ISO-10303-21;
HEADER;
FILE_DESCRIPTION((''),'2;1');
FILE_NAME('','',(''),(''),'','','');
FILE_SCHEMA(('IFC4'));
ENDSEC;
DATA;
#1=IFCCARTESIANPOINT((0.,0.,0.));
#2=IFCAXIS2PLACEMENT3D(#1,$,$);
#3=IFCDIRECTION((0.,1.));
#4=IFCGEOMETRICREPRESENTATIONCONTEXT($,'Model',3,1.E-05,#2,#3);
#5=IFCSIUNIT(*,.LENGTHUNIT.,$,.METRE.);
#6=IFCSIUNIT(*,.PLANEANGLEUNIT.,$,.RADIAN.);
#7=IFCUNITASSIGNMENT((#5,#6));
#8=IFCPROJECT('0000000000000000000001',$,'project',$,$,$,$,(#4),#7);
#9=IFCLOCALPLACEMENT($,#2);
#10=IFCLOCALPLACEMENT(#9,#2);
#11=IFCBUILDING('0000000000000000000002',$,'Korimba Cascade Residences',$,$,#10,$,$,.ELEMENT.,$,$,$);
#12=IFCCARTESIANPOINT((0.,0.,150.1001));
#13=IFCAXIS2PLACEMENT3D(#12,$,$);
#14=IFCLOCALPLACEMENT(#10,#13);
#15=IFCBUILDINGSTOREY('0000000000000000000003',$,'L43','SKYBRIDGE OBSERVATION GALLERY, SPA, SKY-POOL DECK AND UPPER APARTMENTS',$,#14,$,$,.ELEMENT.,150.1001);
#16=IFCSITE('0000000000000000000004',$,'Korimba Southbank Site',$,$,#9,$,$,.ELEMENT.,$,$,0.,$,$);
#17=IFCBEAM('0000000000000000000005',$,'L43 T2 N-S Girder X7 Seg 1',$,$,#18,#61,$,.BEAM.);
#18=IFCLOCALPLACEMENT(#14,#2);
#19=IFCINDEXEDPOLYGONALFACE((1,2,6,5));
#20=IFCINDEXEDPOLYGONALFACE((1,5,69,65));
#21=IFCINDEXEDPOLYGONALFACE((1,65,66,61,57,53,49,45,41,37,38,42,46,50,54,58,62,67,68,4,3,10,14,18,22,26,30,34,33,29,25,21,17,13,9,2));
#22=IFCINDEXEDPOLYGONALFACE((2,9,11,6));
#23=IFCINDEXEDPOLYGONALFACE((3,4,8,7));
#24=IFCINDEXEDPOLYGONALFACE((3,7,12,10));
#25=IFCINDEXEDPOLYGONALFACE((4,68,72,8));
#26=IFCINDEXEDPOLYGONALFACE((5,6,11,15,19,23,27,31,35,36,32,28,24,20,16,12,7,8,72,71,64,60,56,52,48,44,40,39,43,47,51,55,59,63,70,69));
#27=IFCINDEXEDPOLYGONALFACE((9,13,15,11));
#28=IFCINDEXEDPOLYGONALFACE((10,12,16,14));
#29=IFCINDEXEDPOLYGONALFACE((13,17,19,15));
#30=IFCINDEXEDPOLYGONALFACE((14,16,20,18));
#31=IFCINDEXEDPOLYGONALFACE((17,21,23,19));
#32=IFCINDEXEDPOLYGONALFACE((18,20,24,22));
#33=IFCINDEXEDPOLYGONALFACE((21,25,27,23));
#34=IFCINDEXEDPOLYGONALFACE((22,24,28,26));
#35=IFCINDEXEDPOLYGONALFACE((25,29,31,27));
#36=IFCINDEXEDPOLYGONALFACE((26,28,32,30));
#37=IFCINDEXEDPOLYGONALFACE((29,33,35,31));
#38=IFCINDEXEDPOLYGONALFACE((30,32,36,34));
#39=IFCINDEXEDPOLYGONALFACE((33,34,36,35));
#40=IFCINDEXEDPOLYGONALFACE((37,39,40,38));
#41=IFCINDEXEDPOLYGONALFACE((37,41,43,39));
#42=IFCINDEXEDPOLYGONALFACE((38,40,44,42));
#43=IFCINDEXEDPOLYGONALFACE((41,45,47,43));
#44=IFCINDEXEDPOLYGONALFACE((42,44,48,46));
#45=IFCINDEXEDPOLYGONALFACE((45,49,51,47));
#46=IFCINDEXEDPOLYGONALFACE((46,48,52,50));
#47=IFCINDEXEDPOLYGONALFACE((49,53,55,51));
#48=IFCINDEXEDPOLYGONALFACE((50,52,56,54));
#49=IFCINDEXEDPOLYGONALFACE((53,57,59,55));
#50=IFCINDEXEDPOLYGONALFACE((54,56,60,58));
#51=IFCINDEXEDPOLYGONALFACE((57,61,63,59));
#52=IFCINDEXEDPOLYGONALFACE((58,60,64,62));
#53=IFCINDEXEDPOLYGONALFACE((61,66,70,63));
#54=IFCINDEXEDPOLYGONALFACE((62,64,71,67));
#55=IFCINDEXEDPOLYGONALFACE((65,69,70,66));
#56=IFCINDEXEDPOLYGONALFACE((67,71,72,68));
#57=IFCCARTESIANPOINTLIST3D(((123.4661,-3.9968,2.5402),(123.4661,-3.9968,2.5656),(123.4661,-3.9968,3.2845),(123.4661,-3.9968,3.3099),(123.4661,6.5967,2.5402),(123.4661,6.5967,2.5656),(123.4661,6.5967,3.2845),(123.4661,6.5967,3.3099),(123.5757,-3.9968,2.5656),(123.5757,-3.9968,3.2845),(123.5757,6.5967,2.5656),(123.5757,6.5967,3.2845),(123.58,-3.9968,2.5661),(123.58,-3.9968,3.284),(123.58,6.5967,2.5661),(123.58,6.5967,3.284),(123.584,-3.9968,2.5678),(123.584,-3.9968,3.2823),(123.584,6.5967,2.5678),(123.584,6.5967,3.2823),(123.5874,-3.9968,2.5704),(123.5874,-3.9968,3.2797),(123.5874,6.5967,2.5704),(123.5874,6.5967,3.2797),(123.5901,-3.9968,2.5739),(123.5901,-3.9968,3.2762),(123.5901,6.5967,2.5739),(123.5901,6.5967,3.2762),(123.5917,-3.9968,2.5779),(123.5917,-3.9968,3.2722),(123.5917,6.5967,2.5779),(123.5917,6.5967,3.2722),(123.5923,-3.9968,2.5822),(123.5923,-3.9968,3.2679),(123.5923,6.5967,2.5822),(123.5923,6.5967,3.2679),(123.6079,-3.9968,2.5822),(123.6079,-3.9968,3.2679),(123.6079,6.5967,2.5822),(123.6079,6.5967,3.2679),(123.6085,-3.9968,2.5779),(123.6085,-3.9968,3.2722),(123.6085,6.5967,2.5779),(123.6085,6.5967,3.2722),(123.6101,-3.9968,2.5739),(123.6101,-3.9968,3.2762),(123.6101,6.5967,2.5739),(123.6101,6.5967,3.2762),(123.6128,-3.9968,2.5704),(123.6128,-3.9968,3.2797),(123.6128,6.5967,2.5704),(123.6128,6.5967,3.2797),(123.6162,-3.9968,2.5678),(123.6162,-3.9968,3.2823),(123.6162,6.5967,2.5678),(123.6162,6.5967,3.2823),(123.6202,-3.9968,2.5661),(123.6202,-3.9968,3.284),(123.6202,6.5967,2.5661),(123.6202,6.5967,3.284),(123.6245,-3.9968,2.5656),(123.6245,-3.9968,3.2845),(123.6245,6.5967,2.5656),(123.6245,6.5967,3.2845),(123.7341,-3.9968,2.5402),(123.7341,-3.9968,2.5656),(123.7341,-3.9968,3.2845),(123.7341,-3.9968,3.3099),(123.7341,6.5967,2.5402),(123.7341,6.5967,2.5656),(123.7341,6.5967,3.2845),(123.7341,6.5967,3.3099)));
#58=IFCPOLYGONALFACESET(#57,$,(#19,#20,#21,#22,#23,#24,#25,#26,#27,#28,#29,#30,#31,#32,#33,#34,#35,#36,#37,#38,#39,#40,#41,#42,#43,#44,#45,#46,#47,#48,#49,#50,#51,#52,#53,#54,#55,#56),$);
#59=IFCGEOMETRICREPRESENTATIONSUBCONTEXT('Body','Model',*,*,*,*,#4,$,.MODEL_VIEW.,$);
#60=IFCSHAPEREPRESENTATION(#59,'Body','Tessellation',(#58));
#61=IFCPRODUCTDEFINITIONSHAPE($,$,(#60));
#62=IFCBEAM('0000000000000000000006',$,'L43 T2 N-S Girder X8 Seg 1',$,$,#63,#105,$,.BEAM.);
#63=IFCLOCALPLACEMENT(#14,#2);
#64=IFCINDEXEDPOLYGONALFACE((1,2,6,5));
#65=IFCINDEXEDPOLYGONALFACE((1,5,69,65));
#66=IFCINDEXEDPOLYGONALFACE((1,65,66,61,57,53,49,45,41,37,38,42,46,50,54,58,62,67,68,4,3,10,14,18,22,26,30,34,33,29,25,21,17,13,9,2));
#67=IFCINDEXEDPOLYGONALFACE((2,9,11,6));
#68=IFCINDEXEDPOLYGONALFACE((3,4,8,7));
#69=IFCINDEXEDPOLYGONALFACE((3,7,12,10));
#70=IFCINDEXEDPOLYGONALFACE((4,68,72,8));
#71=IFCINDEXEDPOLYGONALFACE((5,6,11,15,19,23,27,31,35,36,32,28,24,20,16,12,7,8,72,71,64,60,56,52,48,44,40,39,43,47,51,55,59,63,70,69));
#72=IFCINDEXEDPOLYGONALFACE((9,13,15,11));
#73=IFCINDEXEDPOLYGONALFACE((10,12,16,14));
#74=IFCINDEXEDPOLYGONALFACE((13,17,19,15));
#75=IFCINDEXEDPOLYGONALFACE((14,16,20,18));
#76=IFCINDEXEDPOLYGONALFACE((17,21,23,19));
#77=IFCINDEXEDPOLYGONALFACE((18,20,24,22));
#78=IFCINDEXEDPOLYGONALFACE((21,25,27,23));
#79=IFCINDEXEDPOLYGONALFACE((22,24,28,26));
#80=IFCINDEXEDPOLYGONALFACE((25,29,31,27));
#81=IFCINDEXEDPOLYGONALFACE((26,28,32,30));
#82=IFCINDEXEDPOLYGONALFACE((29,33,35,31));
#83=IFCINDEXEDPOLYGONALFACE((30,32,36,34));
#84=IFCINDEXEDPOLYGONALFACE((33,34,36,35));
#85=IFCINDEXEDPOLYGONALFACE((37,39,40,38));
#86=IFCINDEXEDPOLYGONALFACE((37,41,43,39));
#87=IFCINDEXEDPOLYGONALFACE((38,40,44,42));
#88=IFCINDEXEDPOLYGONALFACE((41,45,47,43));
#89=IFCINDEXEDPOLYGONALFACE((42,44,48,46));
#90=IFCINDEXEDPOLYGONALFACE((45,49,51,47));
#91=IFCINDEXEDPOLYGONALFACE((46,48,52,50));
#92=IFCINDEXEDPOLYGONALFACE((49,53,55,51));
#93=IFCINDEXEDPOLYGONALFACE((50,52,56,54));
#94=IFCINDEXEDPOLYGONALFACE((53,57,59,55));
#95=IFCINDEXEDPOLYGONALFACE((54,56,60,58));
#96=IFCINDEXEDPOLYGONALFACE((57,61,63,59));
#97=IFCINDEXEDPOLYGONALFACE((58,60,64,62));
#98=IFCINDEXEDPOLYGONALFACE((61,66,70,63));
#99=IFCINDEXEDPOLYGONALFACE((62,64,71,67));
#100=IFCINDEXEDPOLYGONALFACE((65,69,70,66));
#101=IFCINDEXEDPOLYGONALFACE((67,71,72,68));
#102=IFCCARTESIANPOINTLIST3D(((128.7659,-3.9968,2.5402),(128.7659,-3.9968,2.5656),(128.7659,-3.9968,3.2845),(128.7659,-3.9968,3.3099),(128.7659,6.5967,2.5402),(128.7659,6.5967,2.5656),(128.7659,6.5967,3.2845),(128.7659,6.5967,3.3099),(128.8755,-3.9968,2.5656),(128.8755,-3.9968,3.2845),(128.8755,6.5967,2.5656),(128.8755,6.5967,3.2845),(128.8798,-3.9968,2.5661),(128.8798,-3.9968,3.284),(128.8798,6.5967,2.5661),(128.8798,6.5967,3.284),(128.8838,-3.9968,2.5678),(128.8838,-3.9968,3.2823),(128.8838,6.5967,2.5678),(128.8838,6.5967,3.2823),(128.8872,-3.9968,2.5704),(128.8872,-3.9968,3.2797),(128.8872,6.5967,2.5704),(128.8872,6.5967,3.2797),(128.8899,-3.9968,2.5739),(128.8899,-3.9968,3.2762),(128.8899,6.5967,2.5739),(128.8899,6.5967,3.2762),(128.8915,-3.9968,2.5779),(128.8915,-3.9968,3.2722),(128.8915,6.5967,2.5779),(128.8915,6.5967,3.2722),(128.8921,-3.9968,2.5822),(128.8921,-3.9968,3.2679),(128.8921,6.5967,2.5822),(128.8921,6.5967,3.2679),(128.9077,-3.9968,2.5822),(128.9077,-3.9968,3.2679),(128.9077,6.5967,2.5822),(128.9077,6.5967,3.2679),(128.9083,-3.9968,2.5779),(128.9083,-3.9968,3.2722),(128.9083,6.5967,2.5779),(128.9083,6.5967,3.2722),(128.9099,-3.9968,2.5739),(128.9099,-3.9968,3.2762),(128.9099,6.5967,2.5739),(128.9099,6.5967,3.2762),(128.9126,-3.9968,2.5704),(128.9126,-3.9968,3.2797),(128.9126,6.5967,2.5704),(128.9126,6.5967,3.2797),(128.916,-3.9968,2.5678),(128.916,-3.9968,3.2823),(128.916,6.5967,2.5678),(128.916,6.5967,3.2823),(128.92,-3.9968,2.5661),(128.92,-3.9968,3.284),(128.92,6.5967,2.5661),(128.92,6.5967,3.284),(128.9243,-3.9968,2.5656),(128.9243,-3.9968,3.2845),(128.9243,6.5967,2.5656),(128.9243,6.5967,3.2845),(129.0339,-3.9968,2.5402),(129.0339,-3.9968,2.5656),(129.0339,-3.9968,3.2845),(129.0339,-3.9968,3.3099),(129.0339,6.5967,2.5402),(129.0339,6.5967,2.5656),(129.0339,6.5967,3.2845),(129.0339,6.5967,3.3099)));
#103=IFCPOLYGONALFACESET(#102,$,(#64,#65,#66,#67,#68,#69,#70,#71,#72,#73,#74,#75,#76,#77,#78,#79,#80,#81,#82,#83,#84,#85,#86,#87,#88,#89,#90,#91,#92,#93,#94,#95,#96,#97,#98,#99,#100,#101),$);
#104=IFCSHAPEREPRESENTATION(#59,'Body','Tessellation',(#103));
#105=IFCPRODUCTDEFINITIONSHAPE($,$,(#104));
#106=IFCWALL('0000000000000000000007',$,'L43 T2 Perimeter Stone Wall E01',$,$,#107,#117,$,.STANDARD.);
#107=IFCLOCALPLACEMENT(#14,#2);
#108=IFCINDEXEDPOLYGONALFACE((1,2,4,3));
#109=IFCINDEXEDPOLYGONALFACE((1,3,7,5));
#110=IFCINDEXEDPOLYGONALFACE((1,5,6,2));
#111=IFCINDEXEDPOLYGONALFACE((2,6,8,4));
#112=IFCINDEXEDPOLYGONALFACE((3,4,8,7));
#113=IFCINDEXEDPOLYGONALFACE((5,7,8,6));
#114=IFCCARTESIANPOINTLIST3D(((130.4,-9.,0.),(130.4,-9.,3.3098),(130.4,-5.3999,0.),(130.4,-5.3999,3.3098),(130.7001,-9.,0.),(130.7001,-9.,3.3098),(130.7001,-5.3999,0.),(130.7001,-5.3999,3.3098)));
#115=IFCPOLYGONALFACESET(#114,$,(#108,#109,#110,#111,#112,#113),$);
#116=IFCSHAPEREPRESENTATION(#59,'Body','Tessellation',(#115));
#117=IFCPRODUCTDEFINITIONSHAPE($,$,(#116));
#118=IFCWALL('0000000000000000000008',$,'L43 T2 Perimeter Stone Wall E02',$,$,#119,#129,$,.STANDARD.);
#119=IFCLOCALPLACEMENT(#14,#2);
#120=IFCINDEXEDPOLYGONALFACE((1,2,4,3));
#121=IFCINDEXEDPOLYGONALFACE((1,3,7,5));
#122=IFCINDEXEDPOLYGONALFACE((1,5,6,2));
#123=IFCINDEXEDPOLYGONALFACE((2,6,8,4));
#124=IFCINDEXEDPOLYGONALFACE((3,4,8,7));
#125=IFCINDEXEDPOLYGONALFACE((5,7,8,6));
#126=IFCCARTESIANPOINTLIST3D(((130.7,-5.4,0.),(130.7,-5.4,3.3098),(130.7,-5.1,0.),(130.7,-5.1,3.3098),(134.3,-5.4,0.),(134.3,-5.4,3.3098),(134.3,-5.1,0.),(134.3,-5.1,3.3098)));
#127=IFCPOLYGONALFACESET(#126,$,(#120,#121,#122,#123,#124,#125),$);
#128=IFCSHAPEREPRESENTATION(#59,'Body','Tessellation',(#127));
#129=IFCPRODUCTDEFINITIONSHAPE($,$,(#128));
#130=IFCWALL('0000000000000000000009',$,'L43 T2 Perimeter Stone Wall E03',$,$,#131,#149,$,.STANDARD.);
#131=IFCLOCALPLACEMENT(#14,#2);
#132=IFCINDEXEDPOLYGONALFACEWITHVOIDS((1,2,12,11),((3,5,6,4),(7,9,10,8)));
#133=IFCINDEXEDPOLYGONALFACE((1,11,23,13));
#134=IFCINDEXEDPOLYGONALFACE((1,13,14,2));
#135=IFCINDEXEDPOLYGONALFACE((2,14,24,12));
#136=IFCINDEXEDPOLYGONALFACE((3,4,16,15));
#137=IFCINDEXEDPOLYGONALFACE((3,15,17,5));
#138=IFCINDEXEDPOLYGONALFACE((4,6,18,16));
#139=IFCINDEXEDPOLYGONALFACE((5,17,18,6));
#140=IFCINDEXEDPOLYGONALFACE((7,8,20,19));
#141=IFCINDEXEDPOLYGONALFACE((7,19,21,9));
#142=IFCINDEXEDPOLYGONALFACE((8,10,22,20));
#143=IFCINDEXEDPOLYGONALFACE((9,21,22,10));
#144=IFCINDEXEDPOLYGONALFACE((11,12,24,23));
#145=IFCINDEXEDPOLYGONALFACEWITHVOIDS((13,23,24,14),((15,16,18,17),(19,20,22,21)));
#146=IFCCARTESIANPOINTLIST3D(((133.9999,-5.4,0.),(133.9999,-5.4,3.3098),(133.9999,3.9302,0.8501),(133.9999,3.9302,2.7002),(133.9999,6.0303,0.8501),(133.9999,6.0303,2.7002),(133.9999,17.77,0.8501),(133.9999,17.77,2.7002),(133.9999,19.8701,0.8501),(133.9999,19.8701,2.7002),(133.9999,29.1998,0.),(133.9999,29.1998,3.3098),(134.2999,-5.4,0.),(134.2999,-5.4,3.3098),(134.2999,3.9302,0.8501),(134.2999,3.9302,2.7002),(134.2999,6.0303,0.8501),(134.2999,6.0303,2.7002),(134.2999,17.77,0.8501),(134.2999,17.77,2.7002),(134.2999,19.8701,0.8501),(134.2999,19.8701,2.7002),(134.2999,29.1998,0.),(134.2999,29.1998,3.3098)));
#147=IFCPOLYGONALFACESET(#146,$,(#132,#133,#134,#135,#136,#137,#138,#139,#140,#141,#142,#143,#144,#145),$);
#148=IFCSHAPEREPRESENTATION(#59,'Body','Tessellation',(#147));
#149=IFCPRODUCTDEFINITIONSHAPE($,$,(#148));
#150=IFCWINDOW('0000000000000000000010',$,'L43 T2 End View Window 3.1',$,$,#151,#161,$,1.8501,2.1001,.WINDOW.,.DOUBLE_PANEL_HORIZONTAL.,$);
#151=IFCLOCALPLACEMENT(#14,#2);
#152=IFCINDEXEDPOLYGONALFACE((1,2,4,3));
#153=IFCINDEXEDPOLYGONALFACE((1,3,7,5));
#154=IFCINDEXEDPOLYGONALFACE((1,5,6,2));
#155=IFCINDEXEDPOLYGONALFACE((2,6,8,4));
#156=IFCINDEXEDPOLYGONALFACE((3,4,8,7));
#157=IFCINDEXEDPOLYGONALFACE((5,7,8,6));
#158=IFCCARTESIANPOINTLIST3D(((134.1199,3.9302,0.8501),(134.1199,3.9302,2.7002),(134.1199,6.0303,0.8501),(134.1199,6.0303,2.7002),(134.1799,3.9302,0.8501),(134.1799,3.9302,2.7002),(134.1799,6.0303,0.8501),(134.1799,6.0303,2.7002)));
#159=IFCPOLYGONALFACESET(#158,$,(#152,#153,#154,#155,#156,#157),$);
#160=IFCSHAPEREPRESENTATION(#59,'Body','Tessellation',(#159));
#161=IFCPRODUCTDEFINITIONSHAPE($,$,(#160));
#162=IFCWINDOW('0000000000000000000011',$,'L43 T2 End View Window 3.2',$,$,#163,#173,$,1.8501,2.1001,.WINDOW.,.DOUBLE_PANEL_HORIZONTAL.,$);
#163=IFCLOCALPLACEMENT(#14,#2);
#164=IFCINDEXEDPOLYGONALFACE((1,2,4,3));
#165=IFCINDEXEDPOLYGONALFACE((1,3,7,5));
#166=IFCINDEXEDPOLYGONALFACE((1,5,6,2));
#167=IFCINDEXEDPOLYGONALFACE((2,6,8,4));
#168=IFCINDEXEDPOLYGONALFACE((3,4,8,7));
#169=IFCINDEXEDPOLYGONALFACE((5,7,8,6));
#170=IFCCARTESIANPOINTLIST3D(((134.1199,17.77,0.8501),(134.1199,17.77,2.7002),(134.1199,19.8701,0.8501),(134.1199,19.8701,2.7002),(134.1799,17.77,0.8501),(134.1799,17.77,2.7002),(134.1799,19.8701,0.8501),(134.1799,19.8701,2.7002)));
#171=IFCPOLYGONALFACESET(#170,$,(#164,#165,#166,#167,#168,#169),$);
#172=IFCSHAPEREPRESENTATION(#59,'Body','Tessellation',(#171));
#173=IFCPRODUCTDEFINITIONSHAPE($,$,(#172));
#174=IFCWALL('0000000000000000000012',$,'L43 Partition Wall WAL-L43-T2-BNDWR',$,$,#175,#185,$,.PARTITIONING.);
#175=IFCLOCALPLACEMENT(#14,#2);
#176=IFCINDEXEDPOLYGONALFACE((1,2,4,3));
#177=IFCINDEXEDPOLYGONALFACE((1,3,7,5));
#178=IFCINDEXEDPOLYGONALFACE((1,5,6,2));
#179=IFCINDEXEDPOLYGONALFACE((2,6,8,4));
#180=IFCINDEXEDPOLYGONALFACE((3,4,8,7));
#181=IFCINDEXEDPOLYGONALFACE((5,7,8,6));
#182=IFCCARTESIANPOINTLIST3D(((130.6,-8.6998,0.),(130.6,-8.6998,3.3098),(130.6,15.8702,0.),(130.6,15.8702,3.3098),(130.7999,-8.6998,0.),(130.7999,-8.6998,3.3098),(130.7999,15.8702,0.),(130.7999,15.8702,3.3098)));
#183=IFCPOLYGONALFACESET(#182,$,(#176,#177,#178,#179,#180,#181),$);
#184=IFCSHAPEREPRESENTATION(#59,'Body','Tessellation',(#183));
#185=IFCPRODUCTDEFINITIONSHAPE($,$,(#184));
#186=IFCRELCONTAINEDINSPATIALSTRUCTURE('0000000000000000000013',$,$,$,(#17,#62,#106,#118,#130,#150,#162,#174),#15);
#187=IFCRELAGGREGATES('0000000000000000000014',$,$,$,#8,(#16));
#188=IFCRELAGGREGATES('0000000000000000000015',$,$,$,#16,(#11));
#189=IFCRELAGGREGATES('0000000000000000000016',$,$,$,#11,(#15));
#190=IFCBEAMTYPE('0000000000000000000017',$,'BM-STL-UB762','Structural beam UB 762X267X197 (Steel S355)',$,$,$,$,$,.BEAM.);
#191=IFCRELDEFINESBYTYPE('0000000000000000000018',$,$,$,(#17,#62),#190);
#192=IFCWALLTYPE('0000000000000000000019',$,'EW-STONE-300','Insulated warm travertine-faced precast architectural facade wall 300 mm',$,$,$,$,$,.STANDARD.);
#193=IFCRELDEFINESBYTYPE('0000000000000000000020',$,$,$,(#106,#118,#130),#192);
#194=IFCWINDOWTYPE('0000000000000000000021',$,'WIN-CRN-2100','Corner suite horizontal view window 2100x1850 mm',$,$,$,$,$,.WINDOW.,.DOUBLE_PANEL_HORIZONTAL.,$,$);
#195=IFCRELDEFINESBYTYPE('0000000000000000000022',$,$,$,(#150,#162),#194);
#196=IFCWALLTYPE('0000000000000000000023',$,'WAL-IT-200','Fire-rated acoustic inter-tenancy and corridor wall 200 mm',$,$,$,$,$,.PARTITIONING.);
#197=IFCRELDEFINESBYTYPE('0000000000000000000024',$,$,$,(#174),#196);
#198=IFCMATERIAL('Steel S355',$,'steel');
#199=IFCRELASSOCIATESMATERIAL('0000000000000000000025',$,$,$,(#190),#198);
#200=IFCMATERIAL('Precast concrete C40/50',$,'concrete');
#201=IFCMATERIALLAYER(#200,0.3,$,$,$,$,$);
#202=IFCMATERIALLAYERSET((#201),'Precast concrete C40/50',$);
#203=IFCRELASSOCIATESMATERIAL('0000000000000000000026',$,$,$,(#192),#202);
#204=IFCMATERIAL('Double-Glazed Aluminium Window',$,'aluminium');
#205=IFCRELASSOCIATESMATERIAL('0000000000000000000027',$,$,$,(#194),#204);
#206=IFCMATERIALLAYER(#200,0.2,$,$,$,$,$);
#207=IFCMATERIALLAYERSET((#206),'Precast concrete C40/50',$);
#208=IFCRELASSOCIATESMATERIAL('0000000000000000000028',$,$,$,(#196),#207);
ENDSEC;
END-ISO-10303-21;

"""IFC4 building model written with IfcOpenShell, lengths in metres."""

from ifc_helpers import new_model, si_unit, direction, frame, frame_2d, origin, origin_2d, place, context, subcontext, project, spatial, rectangle, i_section, extrude, material, layer, layer_set, material_profile, profile_set, type_object, element, fill, save


model = new_model("IFC4")

# Units and contexts
model_context = context("Model", 3, precision=1e-05, world=origin(), true_north=direction((0.0, 1.0)))
body_context = subcontext(model_context, "Body", "Model", "MODEL_VIEW")
ifc_project = project(units=[si_unit("LENGTHUNIT", "METRE"), si_unit("PLANEANGLEUNIT", "RADIAN")], contexts=[model_context])

# Site, building, storey
site_placement = place(None, origin())
site = spatial("IfcSite", under=ifc_project, at=site_placement, Name="Korimba Southbank Site", CompositionType="ELEMENT", RefElevation=0.0)
building_placement = place(site_placement, origin())
building = spatial("IfcBuilding", under=site, at=building_placement, Name="Korimba Cascade Residences", CompositionType="ELEMENT")
storey_placement = place(building_placement, frame((0.0, 0.0, 150.1001)))
storey = spatial("IfcBuildingStorey", under=building, at=storey_placement, Name="L43", Description="SKYBRIDGE OBSERVATION GALLERY, SPA, SKY-POOL DECK AND UPPER APARTMENTS", CompositionType="ELEMENT", Elevation=150.1001)

# Beams
ifc_material_1 = material(Name="Steel S355", Category="steel")
ifc_material_profile_1 = material_profile(ifc_material_1, i_section(OverallWidth=0.2681, OverallDepth=0.7698, WebThickness=0.0156, FlangeThickness=0.0254, FilletRadius=0.0166, at=origin_2d()), Name="Steel S355")
ifc_profile_set_1 = profile_set([ifc_material_profile_1], Name="Steel S355")
beam_type_1 = type_object("IfcBeamType", Name="BM-STL-UB762", Description="Structural beam UB 762X267X197 (Steel S355)", PredefinedType="BEAM", material=ifc_profile_set_1)
for number, where, z_axis, x_axis, name in (
    (1, (123.6001, -3.9968, 2.925), (0.0, 1.0, 0.0), (-1.0, 0.0, 0.0), "L43 T2 N-S Girder X7 Seg 1"),
    (2, (128.8999, -3.9968, 2.925), (0.0, 1.0, 0.0), (-1.0, 0.0, 0.0), "L43 T2 N-S Girder X8 Seg 1"),
):
    element("IfcBeam", number, at=place(storey_placement, frame(where, z_axis=z_axis, x_axis=x_axis)), inside=storey, type_object=beam_type_1, Name=name, PredefinedType="BEAM", context=body_context, shape_type="SweptSolid", body=[
        extrude(i_section(OverallWidth=0.2681, OverallDepth=0.7698, WebThickness=0.0156, FlangeThickness=0.0254, FilletRadius=0.0166, at=origin_2d()), origin(), (0.0, 0.0, 1.0), 10.5935),
    ])

# Walls
ifc_material_2 = material(Name="Precast concrete C40/50", Category="concrete")
ifc_layer_1 = layer(ifc_material_2, 0.3)
ifc_layer_set_1 = layer_set([ifc_layer_1], Name="Precast concrete C40/50")
wall_type_1 = type_object("IfcWallType", Name="EW-STONE-300", Description="Insulated warm travertine-faced precast architectural facade wall 300 mm", PredefinedType="STANDARD", material=ifc_layer_set_1)
for number, where, z_axis, x_axis, name in (
    (3, (130.55, -9.0, 0.0), (0.0, 0.0, 1.0), (0.0, 1.0, 0.0), "L43 T2 Perimeter Stone Wall E01"),
    (4, (130.7, -5.25, 0.0), (0.0, 0.0, 1.0), (1.0, 0.0, 0.0), "L43 T2 Perimeter Stone Wall E02"),
):
    element("IfcWall", number, at=place(storey_placement, frame(where, z_axis=z_axis, x_axis=x_axis)), inside=storey, type_object=wall_type_1, Name=name, PredefinedType="STANDARD", context=body_context, shape_type="SweptSolid", body=[
        extrude(rectangle(XDim=3.6001, YDim=0.3, at=frame_2d((1.8, 0.0))), origin(), (0.0, 0.0, 1.0), 3.3098),
    ])

# Wall, openings, windows
wall_1_placement = place(storey_placement, frame((134.1499, -5.3999, 0.0), z_axis=(0.0, 0.0, 1.0), x_axis=(0.0, 1.0, 0.0)))
wall_1 = element("IfcWall", 5, at=wall_1_placement, inside=storey, type_object=wall_type_1, Name="L43 T2 Perimeter Stone Wall E03", PredefinedType="STANDARD", context=body_context, shape_type="SweptSolid", body=[
    extrude(rectangle(XDim=34.5999, YDim=0.3, at=frame_2d((17.2998, 0.0))), origin(), (0.0, 0.0, 1.0), 3.3098),
])
opening_1_placement = place(wall_1_placement, frame((9.3301, 0.0, 0.8501)))
opening_1 = element("IfcOpeningElement", 6, at=opening_1_placement, cuts=wall_1, PredefinedType="OPENING", context=body_context, shape_type="SweptSolid", body=[
    extrude(rectangle(XDim=2.1001, YDim=1.8501, at=frame_2d((1.05, 0.925))), frame((0.0, 0.1602, 0.0), z_axis=(0.0, -1.0, 0.0), x_axis=(1.0, 0.0, 0.0)), (0.0, 0.0, 1.0), 0.3201),
])
opening_2_placement = place(wall_1_placement, frame((23.1699, 0.0, 0.8501)))
opening_2 = element("IfcOpeningElement", 7, at=opening_2_placement, cuts=wall_1, PredefinedType="OPENING", context=body_context, shape_type="SweptSolid", body=[
    extrude(rectangle(XDim=2.1001, YDim=1.8501, at=frame_2d((1.05, 0.925))), frame((0.0, 0.1602, 0.0), z_axis=(0.0, -1.0, 0.0), x_axis=(1.0, 0.0, 0.0)), (0.0, 0.0, 1.0), 0.3201),
])
ifc_material_3 = material(Name="Double-Glazed Aluminium Window", Category="aluminium")
window_type = type_object("IfcWindowType", Name="WIN-CRN-2100", Description="Corner suite horizontal view window 2100x1850 mm", PartitioningType="DOUBLE_PANEL_HORIZONTAL", PredefinedType="WINDOW", material=ifc_material_3)
window_1_placement = place(opening_1_placement, origin())
window_1 = element("IfcWindow", 8, at=window_1_placement, inside=storey, type_object=window_type, Name="L43 T2 End View Window 3.1", OverallHeight=1.8501, OverallWidth=2.1001, PartitioningType="DOUBLE_PANEL_HORIZONTAL", PredefinedType="WINDOW", context=body_context, shape_type="SweptSolid", body=[
    extrude(rectangle(XDim=2.1001, YDim=1.8501, at=frame_2d((1.05, 0.925))), frame((0.0, 0.03, 0.0), z_axis=(0.0, -1.0, 0.0), x_axis=(1.0, 0.0, 0.0)), (0.0, 0.0, 1.0), 0.0601),
])
fill(opening_1, window_1)
window_2_placement = place(opening_2_placement, origin())
window_2 = element("IfcWindow", 9, at=window_2_placement, inside=storey, type_object=window_type, Name="L43 T2 End View Window 3.2", OverallHeight=1.8501, OverallWidth=2.1001, PartitioningType="DOUBLE_PANEL_HORIZONTAL", PredefinedType="WINDOW", context=body_context, shape_type="SweptSolid", body=[
    extrude(rectangle(XDim=2.1001, YDim=1.8501, at=frame_2d((1.05, 0.925))), frame((0.0, 0.03, 0.0), z_axis=(0.0, -1.0, 0.0), x_axis=(1.0, 0.0, 0.0)), (0.0, 0.0, 1.0), 0.0601),
])
fill(opening_2, window_2)

# Wall
ifc_layer_2 = layer(ifc_material_2, 0.2)
ifc_layer_set_2 = layer_set([ifc_layer_2], Name="Precast concrete C40/50")
wall_type_2 = type_object("IfcWallType", Name="WAL-IT-200", Description="Fire-rated acoustic inter-tenancy and corridor wall 200 mm", PredefinedType="PARTITIONING", material=ifc_layer_set_2)
wall_2_placement = place(storey_placement, frame((130.7, -8.7, 0.0), z_axis=(0.0, 0.0, 1.0), x_axis=(0.0, 1.0, 0.0)))
element("IfcWall", 10, at=wall_2_placement, inside=storey, type_object=wall_type_2, Name="L43 Partition Wall WAL-L43-T2-BNDWR", PredefinedType="PARTITIONING", context=body_context, shape_type="SweptSolid", body=[
    extrude(rectangle(XDim=24.5701, YDim=0.2, at=frame_2d((12.2852, 0.0))), origin(), (0.0, 0.0, 1.0), 3.3098),
])

save(model, "model.ifc")
